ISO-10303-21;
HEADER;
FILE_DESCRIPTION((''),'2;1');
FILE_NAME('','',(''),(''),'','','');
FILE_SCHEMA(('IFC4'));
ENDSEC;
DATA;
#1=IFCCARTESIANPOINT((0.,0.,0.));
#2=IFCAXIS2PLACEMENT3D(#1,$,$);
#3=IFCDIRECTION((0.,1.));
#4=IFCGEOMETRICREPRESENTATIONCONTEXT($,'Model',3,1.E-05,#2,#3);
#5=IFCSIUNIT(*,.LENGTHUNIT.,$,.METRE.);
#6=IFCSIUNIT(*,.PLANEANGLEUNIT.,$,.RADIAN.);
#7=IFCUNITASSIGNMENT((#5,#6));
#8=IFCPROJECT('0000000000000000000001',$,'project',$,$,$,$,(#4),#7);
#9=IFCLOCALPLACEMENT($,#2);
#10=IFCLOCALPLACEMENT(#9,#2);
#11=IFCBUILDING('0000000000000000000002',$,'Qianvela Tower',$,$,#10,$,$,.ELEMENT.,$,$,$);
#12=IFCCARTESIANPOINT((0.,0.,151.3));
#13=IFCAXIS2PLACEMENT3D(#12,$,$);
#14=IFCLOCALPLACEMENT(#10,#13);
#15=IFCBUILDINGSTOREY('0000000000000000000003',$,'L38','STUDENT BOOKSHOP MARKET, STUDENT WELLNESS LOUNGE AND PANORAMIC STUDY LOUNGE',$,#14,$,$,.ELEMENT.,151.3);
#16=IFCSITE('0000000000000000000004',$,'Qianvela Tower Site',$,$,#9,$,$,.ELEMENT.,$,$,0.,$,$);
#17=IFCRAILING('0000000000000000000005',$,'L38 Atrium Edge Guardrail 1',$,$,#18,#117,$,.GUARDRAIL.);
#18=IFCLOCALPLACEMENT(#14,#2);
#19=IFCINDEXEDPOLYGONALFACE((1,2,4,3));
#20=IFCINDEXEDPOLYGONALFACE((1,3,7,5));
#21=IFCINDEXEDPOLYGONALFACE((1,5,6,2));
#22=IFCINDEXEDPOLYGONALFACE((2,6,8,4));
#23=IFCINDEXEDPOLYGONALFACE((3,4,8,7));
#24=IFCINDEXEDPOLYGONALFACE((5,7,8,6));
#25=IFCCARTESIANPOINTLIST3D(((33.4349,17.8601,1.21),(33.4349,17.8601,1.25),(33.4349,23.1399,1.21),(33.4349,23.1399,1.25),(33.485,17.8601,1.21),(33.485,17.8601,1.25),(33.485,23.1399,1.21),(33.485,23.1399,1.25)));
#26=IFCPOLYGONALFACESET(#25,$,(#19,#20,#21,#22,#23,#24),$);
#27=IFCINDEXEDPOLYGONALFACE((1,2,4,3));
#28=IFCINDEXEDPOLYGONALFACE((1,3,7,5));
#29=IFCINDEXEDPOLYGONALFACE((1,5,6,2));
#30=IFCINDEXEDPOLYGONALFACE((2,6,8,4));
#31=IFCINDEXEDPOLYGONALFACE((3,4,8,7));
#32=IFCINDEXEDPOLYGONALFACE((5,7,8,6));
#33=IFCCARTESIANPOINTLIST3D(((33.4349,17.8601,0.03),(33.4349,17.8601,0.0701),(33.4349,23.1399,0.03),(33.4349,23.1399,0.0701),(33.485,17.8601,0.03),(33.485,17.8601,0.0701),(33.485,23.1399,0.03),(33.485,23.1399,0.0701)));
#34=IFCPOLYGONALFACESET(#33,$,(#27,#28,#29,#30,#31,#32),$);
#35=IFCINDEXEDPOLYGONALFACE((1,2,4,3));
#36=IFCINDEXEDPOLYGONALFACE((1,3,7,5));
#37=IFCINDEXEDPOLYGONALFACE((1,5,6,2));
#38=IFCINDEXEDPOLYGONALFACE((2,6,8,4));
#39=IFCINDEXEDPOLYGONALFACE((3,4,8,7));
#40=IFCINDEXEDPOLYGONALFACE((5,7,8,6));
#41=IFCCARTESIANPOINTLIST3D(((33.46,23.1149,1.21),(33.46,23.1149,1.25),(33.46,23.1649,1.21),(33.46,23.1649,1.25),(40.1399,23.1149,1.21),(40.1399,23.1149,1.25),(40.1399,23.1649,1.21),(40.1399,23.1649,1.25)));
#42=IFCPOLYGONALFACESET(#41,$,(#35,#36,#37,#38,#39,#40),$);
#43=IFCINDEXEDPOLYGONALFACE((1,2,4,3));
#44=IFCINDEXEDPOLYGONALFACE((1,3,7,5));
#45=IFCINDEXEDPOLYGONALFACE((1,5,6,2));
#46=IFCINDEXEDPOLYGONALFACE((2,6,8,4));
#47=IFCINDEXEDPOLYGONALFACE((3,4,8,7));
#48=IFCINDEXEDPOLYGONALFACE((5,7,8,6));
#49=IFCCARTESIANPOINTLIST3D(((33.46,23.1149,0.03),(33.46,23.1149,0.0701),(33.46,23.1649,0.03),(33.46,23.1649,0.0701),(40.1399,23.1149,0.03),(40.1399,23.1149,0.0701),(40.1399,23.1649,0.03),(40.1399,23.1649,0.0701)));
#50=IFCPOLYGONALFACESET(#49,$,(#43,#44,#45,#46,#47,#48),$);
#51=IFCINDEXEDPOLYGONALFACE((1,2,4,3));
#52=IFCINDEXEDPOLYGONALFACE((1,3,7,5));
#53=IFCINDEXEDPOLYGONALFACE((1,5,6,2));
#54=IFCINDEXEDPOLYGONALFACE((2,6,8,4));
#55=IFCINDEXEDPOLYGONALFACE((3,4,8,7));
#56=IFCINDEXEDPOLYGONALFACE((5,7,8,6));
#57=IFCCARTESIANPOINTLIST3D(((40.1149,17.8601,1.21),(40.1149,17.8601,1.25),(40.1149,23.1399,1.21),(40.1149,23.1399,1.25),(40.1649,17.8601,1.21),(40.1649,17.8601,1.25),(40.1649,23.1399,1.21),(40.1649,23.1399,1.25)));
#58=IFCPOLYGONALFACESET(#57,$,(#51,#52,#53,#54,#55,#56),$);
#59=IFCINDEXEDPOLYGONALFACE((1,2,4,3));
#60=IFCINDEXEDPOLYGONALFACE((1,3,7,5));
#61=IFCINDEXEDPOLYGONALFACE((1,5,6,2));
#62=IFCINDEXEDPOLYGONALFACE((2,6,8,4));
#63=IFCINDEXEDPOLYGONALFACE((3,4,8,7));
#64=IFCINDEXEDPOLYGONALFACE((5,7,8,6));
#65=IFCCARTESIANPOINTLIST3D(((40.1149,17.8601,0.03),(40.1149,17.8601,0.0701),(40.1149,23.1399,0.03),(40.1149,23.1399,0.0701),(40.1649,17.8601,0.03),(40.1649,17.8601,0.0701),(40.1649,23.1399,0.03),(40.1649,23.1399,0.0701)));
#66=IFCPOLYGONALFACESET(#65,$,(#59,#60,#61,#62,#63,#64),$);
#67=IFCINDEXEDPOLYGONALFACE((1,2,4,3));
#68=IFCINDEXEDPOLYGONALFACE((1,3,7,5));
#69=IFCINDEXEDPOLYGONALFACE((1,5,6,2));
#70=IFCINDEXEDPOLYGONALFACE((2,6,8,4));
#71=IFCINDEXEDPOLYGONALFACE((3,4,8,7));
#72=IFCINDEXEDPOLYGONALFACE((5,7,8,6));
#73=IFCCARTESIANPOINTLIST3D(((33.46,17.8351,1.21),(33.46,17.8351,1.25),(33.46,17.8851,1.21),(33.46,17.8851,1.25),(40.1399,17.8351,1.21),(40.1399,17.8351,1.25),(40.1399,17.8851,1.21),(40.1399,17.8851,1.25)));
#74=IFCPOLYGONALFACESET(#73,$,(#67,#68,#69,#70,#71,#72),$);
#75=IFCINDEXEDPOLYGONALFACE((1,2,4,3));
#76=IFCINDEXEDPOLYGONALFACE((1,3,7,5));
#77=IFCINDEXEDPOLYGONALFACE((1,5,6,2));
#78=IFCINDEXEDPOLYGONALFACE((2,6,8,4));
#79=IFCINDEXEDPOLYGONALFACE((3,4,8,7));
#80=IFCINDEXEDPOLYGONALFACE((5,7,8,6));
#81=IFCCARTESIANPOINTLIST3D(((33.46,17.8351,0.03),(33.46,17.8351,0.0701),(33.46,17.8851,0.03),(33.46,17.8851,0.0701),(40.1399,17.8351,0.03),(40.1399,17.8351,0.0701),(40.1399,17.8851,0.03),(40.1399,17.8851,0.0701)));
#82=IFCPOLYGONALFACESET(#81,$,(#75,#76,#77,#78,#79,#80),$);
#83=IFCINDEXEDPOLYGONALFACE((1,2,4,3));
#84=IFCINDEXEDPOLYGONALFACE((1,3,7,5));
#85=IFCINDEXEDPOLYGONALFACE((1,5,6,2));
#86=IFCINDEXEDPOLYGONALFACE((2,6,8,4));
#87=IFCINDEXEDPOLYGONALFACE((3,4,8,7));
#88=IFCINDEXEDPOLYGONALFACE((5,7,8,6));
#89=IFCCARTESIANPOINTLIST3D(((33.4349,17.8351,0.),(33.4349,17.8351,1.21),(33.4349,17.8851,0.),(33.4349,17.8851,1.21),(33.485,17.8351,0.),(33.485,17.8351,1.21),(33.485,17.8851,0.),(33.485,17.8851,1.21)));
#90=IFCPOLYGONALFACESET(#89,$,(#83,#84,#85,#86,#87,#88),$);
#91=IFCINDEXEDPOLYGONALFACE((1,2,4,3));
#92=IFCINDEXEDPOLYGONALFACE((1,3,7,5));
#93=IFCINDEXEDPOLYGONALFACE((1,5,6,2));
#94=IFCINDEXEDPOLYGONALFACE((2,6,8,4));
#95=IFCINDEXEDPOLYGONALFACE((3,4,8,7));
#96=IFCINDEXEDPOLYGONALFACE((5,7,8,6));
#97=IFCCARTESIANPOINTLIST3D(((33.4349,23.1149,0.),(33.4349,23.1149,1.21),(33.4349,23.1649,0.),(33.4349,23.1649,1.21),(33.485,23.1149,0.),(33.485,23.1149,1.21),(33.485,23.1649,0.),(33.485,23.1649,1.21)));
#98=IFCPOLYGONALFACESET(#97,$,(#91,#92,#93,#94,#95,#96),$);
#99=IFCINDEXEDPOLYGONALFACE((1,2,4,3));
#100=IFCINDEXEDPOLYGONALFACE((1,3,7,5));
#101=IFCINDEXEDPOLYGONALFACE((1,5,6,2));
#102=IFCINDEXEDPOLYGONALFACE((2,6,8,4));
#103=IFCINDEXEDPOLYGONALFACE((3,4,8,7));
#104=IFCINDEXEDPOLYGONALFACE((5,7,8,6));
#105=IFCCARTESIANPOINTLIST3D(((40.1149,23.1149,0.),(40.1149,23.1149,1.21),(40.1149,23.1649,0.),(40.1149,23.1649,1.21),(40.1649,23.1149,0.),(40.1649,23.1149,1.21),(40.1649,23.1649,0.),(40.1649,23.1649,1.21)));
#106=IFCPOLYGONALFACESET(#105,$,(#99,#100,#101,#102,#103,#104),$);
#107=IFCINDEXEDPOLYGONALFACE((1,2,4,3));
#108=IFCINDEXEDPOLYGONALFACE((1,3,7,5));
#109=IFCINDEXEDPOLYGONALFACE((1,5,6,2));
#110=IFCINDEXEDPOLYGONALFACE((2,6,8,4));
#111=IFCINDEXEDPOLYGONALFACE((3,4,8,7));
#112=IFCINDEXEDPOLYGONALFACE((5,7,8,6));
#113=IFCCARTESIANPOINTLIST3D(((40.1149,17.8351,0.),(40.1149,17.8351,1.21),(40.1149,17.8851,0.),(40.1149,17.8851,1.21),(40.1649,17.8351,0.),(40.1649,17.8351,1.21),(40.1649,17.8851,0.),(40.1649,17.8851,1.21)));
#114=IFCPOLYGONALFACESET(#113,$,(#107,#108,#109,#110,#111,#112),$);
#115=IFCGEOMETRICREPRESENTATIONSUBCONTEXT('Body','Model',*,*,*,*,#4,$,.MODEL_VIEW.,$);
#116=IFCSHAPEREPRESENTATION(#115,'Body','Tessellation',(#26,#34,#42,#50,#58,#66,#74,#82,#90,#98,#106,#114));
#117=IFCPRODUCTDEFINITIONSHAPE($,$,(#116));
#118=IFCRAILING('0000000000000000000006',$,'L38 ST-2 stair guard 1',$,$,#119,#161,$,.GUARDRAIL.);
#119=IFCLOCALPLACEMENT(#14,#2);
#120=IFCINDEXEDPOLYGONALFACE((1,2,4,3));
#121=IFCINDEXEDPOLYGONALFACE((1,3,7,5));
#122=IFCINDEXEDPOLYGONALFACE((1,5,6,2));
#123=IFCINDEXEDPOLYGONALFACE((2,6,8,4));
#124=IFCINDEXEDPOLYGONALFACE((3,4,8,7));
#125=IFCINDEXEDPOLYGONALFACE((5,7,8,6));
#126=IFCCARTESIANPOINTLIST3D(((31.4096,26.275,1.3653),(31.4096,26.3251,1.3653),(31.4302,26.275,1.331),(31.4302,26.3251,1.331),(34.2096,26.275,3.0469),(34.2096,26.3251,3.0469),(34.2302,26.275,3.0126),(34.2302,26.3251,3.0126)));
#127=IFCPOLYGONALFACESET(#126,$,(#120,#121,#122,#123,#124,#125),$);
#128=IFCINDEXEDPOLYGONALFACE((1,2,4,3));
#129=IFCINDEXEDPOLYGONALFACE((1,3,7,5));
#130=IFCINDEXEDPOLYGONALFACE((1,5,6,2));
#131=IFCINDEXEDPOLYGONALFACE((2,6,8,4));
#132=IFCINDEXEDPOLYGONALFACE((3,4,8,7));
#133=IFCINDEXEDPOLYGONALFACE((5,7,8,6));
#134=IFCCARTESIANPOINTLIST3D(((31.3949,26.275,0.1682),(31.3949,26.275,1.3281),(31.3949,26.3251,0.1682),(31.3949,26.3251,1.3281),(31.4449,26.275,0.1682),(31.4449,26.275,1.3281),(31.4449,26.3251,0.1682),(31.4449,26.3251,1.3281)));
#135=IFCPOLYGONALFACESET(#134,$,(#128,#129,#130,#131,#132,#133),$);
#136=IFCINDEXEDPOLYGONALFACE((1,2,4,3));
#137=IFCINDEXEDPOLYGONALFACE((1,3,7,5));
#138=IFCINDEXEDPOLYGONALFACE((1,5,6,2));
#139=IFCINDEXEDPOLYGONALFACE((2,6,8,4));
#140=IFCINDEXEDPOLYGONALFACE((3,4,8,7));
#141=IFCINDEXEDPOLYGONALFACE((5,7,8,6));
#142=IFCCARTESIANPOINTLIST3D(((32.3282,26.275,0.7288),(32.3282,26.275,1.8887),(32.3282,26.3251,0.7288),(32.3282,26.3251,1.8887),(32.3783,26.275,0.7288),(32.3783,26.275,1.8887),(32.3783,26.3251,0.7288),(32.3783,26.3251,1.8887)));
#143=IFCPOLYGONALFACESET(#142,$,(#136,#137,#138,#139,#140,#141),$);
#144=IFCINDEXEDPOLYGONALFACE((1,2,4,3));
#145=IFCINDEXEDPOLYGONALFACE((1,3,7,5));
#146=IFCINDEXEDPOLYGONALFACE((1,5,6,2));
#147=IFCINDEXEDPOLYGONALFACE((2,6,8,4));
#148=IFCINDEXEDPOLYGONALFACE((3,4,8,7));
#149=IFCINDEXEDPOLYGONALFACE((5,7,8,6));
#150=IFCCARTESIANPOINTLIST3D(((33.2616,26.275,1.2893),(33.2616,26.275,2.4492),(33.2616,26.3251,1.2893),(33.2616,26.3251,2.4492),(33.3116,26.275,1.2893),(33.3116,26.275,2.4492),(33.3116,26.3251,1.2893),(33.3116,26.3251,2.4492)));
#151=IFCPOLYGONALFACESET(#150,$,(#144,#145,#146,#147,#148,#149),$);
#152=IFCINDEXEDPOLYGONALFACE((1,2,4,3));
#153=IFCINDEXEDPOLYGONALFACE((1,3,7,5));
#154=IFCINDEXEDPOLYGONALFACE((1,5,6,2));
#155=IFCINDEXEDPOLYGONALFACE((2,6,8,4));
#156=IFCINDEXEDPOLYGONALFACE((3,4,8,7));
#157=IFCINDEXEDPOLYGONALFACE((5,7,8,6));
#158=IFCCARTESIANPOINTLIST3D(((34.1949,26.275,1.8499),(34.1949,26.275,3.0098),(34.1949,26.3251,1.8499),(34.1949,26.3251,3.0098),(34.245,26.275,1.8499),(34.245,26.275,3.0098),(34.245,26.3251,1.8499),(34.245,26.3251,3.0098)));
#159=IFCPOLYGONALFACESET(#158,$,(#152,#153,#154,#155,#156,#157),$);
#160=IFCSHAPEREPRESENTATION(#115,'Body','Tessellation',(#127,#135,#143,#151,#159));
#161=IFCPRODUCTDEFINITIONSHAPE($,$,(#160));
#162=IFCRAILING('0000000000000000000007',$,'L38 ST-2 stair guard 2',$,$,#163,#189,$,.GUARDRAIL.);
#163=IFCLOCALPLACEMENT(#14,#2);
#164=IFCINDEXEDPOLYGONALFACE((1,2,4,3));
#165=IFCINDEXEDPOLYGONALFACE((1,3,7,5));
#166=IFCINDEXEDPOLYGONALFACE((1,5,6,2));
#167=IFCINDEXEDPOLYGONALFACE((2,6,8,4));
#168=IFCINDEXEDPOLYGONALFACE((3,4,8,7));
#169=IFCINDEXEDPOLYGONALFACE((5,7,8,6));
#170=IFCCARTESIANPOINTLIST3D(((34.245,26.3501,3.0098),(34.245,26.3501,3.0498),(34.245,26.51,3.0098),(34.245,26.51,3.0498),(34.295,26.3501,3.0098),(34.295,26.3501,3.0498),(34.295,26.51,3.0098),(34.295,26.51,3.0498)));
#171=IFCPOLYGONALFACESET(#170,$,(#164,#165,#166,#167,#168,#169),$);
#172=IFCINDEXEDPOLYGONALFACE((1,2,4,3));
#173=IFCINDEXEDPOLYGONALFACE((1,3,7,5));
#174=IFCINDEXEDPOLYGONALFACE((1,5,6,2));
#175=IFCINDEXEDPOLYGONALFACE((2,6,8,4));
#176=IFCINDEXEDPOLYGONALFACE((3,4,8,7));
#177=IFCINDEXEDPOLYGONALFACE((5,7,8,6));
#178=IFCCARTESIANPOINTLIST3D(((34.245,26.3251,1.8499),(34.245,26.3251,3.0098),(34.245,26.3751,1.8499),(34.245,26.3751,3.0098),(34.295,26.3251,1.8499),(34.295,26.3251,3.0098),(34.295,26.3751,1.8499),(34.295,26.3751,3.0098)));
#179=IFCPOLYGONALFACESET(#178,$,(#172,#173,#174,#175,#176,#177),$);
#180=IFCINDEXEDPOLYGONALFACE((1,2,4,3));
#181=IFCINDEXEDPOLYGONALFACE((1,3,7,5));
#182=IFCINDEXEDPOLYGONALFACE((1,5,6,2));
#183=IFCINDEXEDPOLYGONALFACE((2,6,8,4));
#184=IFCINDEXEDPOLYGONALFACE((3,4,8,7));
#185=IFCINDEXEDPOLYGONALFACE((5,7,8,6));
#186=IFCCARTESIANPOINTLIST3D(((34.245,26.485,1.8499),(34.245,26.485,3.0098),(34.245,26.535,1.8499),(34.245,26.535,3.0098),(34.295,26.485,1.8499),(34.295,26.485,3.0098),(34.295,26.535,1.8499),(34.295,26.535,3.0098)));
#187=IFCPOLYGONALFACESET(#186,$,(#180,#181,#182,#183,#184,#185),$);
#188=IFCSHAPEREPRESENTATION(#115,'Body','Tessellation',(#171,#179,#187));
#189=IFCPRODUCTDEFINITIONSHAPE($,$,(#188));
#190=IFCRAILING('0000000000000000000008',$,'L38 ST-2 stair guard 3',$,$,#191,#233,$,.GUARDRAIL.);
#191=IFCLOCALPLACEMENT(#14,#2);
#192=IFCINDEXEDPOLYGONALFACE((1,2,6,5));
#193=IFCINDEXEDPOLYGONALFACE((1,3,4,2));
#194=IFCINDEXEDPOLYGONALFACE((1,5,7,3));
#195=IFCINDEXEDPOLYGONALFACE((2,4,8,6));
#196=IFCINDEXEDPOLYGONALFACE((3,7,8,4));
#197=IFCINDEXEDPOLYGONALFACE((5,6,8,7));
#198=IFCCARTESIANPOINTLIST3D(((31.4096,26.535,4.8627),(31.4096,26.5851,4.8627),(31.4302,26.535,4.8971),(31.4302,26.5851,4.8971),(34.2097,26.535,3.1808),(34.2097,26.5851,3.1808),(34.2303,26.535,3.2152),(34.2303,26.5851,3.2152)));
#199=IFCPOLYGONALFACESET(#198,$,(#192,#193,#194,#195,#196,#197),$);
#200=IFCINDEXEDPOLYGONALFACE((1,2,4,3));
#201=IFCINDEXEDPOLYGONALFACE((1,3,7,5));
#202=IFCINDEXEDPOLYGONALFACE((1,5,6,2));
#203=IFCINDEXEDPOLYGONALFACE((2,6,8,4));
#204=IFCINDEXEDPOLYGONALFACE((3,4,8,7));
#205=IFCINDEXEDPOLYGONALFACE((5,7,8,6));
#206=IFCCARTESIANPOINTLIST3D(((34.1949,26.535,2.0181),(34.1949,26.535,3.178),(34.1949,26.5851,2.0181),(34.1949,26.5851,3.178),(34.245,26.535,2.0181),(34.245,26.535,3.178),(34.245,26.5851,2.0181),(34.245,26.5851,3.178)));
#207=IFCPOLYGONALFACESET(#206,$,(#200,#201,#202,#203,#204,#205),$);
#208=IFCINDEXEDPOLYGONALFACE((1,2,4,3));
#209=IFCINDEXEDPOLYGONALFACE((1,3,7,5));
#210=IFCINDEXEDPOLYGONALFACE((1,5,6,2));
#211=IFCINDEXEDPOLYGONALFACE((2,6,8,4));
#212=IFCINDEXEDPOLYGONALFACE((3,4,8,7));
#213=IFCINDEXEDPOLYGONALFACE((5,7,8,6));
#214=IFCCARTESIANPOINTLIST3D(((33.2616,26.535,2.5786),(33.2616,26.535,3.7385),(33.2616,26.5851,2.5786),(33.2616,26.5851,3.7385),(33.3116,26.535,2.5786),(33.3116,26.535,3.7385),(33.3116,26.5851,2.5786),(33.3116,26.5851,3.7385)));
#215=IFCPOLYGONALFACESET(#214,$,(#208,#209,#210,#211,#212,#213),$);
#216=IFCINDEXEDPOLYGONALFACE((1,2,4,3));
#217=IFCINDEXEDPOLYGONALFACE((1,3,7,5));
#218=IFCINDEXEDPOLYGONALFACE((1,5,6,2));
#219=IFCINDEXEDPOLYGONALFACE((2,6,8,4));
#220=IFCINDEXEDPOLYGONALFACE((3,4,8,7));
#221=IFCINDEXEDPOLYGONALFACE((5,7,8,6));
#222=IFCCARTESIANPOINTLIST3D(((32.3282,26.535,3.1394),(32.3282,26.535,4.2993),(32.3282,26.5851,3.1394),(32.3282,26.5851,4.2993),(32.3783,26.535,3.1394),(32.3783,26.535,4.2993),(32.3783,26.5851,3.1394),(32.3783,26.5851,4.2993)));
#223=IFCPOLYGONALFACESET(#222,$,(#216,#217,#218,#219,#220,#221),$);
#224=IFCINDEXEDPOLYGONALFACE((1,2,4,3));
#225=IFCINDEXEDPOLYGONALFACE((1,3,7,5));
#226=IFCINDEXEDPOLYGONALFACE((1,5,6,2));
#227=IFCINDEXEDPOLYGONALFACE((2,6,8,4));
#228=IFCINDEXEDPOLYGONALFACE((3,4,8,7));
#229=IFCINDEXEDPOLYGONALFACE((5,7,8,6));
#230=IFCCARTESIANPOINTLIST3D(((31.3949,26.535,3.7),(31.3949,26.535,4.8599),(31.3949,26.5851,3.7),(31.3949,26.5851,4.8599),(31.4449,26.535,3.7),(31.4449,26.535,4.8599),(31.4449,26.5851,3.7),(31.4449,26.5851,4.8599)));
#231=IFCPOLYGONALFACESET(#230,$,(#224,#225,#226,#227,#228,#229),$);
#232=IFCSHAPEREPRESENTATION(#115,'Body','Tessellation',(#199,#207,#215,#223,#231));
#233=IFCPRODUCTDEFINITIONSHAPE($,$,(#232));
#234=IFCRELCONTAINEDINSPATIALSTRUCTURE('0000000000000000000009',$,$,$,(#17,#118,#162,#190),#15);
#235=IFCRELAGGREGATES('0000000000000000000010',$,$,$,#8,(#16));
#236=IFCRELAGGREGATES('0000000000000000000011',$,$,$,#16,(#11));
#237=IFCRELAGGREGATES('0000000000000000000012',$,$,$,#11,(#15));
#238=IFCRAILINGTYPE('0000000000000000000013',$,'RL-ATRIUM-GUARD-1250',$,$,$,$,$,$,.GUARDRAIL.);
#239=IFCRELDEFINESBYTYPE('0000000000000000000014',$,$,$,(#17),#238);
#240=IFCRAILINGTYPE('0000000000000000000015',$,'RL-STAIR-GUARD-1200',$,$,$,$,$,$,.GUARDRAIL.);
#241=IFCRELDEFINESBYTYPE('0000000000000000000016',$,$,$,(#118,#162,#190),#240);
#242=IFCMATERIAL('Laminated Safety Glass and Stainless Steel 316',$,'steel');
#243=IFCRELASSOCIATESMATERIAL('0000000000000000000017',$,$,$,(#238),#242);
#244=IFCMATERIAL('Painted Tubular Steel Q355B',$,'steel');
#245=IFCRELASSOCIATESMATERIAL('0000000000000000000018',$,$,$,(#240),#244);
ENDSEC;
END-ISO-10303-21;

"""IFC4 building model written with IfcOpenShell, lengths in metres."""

from ifc_helpers import new_model, si_unit, direction, frame, origin, origin_2d, place, context, subcontext, project, spatial, rectangle, extrude, material, type_object, element, save


model = new_model("IFC4")

# Units and contexts
model_context = context("Model", 3, precision=1e-05, world=origin(), true_north=direction((0.0, 1.0)))
body_context = subcontext(model_context, "Body", "Model", "MODEL_VIEW")
ifc_project = project(units=[si_unit("LENGTHUNIT", "METRE"), si_unit("PLANEANGLEUNIT", "RADIAN")], contexts=[model_context])

# Site, building, storey
site_placement = place(None, origin())
site = spatial("IfcSite", under=ifc_project, at=site_placement, Name="Qianvela Tower Site", CompositionType="ELEMENT", RefElevation=0.0)
building_placement = place(site_placement, origin())
building = spatial("IfcBuilding", under=site, at=building_placement, Name="Qianvela Tower", CompositionType="ELEMENT")
storey_placement = place(building_placement, frame((0.0, 0.0, 151.3)))
storey = spatial("IfcBuildingStorey", under=building, at=storey_placement, Name="L38", Description="STUDENT BOOKSHOP MARKET, STUDENT WELLNESS LOUNGE AND PANORAMIC STUDY LOUNGE", CompositionType="ELEMENT", Elevation=151.3)

# Railings
ifc_material_1 = material(Name="Laminated Safety Glass and Stainless Steel 316", Category="steel")
railing_type_1 = type_object("IfcRailingType", Name="RL-ATRIUM-GUARD-1250", PredefinedType="GUARDRAIL", material=ifc_material_1)
railing_1_placement = place(storey_placement, frame((33.46, 17.8601, 0.0)))
element("IfcRailing", 1, at=railing_1_placement, inside=storey, type_object=railing_type_1, Name="L38 Atrium Edge Guardrail 1", PredefinedType="GUARDRAIL", context=body_context, shape_type="SweptSolid", body=[
    extrude(rectangle(XDim=0.05, YDim=0.04, at=origin_2d()), frame((0.0, 0.0, 1.23), z_axis=(0.0, 1.0, 0.0), x_axis=(-1.0, 0.0, 0.0)), (0.0, 0.0, 1.0), 5.2798),
    extrude(rectangle(XDim=0.05, YDim=0.04, at=origin_2d()), frame((0.0, 0.0, 0.05), z_axis=(0.0, 1.0, 0.0), x_axis=(-1.0, 0.0, 0.0)), (0.0, 0.0, 1.0), 5.2798),
    extrude(rectangle(XDim=0.05, YDim=0.04, at=origin_2d()), frame((0.0, 5.2798, 1.23), z_axis=(1.0, 0.0, 0.0), x_axis=(0.0, 1.0, 0.0)), (0.0, 0.0, 1.0), 6.6799),
    extrude(rectangle(XDim=0.05, YDim=0.04, at=origin_2d()), frame((0.0, 5.2798, 0.05), z_axis=(1.0, 0.0, 0.0), x_axis=(0.0, 1.0, 0.0)), (0.0, 0.0, 1.0), 6.6799),
    extrude(rectangle(XDim=0.05, YDim=0.04, at=origin_2d()), frame((6.6799, 5.2798, 1.23), z_axis=(0.0, -1.0, 0.0), x_axis=(1.0, 0.0, 0.0)), (0.0, 0.0, 1.0), 5.2798),
    extrude(rectangle(XDim=0.05, YDim=0.04, at=origin_2d()), frame((6.6799, 5.2798, 0.05), z_axis=(0.0, -1.0, 0.0), x_axis=(1.0, 0.0, 0.0)), (0.0, 0.0, 1.0), 5.2798),
    extrude(rectangle(XDim=0.05, YDim=0.04, at=origin_2d()), frame((6.6799, 0.0, 1.23), z_axis=(-1.0, 0.0, 0.0), x_axis=(0.0, -1.0, 0.0)), (0.0, 0.0, 1.0), 6.6799),
    extrude(rectangle(XDim=0.05, YDim=0.04, at=origin_2d()), frame((6.6799, 0.0, 0.05), z_axis=(-1.0, 0.0, 0.0), x_axis=(0.0, -1.0, 0.0)), (0.0, 0.0, 1.0), 6.6799),
    extrude(rectangle(XDim=0.05, YDim=0.05, at=origin_2d()), origin(), (0.0, 0.0, 1.0), 1.21),
    extrude(rectangle(XDim=0.05, YDim=0.05, at=origin_2d()), frame((0.0, 5.2798, 0.0)), (0.0, 0.0, 1.0), 1.21),
    extrude(rectangle(XDim=0.05, YDim=0.05, at=origin_2d()), frame((6.6799, 5.2798, 0.0)), (0.0, 0.0, 1.0), 1.21),
    extrude(rectangle(XDim=0.05, YDim=0.05, at=origin_2d()), frame((6.6799, 0.0, 0.0)), (0.0, 0.0, 1.0), 1.21),
])
ifc_material_2 = material(Name="Painted Tubular Steel Q355B", Category="steel")
railing_type_2 = type_object("IfcRailingType", Name="RL-STAIR-GUARD-1200", PredefinedType="GUARDRAIL", material=ifc_material_2)
railing_2_placement = place(storey_placement, frame((31.4199, 26.3, 0.1682)))
element("IfcRailing", 2, at=railing_2_placement, inside=storey, type_object=railing_type_2, Name="L38 ST-2 stair guard 1", PredefinedType="GUARDRAIL", context=body_context, shape_type="SweptSolid", body=[
    extrude(rectangle(XDim=0.05, YDim=0.04, at=origin_2d()), frame((0.0, 0.0, 1.1799), z_axis=(0.857275, 0.0, 0.514858), x_axis=(0.0, 1.0, 0.0)), (0.0, 0.0, 1.0), 3.2661),
    extrude(rectangle(XDim=0.05, YDim=0.05, at=origin_2d()), origin(), (0.0, 0.0, 1.0), 1.1599),
    extrude(rectangle(XDim=0.05, YDim=0.05, at=origin_2d()), frame((0.9333, 0.0, 0.5605)), (0.0, 0.0, 1.0), 1.1599),
    extrude(rectangle(XDim=0.05, YDim=0.05, at=origin_2d()), frame((1.8667, 0.0, 1.1211)), (0.0, 0.0, 1.0), 1.1599),
    extrude(rectangle(XDim=0.05, YDim=0.05, at=origin_2d()), frame((2.8, 0.0, 1.6816)), (0.0, 0.0, 1.0), 1.1599),
])
railing_3_placement = place(storey_placement, frame((34.27, 26.3501, 1.8499)))
element("IfcRailing", 3, at=railing_3_placement, inside=storey, type_object=railing_type_2, Name="L38 ST-2 stair guard 2", PredefinedType="GUARDRAIL", context=body_context, shape_type="SweptSolid", body=[
    extrude(rectangle(XDim=0.05, YDim=0.04, at=origin_2d()), frame((0.0, 0.0, 1.1799), z_axis=(0.0, 1.0, 0.0), x_axis=(-1.0, 0.0, 0.0)), (0.0, 0.0, 1.0), 0.1599),
    extrude(rectangle(XDim=0.05, YDim=0.05, at=origin_2d()), origin(), (0.0, 0.0, 1.0), 1.1599),
    extrude(rectangle(XDim=0.05, YDim=0.05, at=origin_2d()), frame((0.0, 0.1599, 0.0)), (0.0, 0.0, 1.0), 1.1599),
])
railing_4_placement = place(storey_placement, frame((34.22, 26.5601, 2.0181)))
element("IfcRailing", 4, at=railing_4_placement, inside=storey, type_object=railing_type_2, Name="L38 ST-2 stair guard 3", PredefinedType="GUARDRAIL", context=body_context, shape_type="SweptSolid", body=[
    extrude(rectangle(XDim=0.05, YDim=0.04, at=origin_2d()), frame((0.0, 0.0, 1.1799), z_axis=(-0.857242, 0.0, 0.514913), x_axis=(0.0, -1.0, 0.0)), (0.0, 0.0, 1.0), 3.2664),
    extrude(rectangle(XDim=0.05, YDim=0.05, at=origin_2d()), origin(), (0.0, 0.0, 1.0), 1.1599),
    extrude(rectangle(XDim=0.05, YDim=0.05, at=origin_2d()), frame((-0.9333, 0.0, 0.5605)), (0.0, 0.0, 1.0), 1.1599),
    extrude(rectangle(XDim=0.05, YDim=0.05, at=origin_2d()), frame((-1.8667, 0.0, 1.1213)), (0.0, 0.0, 1.0), 1.1599),
    extrude(rectangle(XDim=0.05, YDim=0.05, at=origin_2d()), frame((-2.8, 0.0, 1.6819)), (0.0, 0.0, 1.0), 1.1599),
])

save(model, "model.ifc")
